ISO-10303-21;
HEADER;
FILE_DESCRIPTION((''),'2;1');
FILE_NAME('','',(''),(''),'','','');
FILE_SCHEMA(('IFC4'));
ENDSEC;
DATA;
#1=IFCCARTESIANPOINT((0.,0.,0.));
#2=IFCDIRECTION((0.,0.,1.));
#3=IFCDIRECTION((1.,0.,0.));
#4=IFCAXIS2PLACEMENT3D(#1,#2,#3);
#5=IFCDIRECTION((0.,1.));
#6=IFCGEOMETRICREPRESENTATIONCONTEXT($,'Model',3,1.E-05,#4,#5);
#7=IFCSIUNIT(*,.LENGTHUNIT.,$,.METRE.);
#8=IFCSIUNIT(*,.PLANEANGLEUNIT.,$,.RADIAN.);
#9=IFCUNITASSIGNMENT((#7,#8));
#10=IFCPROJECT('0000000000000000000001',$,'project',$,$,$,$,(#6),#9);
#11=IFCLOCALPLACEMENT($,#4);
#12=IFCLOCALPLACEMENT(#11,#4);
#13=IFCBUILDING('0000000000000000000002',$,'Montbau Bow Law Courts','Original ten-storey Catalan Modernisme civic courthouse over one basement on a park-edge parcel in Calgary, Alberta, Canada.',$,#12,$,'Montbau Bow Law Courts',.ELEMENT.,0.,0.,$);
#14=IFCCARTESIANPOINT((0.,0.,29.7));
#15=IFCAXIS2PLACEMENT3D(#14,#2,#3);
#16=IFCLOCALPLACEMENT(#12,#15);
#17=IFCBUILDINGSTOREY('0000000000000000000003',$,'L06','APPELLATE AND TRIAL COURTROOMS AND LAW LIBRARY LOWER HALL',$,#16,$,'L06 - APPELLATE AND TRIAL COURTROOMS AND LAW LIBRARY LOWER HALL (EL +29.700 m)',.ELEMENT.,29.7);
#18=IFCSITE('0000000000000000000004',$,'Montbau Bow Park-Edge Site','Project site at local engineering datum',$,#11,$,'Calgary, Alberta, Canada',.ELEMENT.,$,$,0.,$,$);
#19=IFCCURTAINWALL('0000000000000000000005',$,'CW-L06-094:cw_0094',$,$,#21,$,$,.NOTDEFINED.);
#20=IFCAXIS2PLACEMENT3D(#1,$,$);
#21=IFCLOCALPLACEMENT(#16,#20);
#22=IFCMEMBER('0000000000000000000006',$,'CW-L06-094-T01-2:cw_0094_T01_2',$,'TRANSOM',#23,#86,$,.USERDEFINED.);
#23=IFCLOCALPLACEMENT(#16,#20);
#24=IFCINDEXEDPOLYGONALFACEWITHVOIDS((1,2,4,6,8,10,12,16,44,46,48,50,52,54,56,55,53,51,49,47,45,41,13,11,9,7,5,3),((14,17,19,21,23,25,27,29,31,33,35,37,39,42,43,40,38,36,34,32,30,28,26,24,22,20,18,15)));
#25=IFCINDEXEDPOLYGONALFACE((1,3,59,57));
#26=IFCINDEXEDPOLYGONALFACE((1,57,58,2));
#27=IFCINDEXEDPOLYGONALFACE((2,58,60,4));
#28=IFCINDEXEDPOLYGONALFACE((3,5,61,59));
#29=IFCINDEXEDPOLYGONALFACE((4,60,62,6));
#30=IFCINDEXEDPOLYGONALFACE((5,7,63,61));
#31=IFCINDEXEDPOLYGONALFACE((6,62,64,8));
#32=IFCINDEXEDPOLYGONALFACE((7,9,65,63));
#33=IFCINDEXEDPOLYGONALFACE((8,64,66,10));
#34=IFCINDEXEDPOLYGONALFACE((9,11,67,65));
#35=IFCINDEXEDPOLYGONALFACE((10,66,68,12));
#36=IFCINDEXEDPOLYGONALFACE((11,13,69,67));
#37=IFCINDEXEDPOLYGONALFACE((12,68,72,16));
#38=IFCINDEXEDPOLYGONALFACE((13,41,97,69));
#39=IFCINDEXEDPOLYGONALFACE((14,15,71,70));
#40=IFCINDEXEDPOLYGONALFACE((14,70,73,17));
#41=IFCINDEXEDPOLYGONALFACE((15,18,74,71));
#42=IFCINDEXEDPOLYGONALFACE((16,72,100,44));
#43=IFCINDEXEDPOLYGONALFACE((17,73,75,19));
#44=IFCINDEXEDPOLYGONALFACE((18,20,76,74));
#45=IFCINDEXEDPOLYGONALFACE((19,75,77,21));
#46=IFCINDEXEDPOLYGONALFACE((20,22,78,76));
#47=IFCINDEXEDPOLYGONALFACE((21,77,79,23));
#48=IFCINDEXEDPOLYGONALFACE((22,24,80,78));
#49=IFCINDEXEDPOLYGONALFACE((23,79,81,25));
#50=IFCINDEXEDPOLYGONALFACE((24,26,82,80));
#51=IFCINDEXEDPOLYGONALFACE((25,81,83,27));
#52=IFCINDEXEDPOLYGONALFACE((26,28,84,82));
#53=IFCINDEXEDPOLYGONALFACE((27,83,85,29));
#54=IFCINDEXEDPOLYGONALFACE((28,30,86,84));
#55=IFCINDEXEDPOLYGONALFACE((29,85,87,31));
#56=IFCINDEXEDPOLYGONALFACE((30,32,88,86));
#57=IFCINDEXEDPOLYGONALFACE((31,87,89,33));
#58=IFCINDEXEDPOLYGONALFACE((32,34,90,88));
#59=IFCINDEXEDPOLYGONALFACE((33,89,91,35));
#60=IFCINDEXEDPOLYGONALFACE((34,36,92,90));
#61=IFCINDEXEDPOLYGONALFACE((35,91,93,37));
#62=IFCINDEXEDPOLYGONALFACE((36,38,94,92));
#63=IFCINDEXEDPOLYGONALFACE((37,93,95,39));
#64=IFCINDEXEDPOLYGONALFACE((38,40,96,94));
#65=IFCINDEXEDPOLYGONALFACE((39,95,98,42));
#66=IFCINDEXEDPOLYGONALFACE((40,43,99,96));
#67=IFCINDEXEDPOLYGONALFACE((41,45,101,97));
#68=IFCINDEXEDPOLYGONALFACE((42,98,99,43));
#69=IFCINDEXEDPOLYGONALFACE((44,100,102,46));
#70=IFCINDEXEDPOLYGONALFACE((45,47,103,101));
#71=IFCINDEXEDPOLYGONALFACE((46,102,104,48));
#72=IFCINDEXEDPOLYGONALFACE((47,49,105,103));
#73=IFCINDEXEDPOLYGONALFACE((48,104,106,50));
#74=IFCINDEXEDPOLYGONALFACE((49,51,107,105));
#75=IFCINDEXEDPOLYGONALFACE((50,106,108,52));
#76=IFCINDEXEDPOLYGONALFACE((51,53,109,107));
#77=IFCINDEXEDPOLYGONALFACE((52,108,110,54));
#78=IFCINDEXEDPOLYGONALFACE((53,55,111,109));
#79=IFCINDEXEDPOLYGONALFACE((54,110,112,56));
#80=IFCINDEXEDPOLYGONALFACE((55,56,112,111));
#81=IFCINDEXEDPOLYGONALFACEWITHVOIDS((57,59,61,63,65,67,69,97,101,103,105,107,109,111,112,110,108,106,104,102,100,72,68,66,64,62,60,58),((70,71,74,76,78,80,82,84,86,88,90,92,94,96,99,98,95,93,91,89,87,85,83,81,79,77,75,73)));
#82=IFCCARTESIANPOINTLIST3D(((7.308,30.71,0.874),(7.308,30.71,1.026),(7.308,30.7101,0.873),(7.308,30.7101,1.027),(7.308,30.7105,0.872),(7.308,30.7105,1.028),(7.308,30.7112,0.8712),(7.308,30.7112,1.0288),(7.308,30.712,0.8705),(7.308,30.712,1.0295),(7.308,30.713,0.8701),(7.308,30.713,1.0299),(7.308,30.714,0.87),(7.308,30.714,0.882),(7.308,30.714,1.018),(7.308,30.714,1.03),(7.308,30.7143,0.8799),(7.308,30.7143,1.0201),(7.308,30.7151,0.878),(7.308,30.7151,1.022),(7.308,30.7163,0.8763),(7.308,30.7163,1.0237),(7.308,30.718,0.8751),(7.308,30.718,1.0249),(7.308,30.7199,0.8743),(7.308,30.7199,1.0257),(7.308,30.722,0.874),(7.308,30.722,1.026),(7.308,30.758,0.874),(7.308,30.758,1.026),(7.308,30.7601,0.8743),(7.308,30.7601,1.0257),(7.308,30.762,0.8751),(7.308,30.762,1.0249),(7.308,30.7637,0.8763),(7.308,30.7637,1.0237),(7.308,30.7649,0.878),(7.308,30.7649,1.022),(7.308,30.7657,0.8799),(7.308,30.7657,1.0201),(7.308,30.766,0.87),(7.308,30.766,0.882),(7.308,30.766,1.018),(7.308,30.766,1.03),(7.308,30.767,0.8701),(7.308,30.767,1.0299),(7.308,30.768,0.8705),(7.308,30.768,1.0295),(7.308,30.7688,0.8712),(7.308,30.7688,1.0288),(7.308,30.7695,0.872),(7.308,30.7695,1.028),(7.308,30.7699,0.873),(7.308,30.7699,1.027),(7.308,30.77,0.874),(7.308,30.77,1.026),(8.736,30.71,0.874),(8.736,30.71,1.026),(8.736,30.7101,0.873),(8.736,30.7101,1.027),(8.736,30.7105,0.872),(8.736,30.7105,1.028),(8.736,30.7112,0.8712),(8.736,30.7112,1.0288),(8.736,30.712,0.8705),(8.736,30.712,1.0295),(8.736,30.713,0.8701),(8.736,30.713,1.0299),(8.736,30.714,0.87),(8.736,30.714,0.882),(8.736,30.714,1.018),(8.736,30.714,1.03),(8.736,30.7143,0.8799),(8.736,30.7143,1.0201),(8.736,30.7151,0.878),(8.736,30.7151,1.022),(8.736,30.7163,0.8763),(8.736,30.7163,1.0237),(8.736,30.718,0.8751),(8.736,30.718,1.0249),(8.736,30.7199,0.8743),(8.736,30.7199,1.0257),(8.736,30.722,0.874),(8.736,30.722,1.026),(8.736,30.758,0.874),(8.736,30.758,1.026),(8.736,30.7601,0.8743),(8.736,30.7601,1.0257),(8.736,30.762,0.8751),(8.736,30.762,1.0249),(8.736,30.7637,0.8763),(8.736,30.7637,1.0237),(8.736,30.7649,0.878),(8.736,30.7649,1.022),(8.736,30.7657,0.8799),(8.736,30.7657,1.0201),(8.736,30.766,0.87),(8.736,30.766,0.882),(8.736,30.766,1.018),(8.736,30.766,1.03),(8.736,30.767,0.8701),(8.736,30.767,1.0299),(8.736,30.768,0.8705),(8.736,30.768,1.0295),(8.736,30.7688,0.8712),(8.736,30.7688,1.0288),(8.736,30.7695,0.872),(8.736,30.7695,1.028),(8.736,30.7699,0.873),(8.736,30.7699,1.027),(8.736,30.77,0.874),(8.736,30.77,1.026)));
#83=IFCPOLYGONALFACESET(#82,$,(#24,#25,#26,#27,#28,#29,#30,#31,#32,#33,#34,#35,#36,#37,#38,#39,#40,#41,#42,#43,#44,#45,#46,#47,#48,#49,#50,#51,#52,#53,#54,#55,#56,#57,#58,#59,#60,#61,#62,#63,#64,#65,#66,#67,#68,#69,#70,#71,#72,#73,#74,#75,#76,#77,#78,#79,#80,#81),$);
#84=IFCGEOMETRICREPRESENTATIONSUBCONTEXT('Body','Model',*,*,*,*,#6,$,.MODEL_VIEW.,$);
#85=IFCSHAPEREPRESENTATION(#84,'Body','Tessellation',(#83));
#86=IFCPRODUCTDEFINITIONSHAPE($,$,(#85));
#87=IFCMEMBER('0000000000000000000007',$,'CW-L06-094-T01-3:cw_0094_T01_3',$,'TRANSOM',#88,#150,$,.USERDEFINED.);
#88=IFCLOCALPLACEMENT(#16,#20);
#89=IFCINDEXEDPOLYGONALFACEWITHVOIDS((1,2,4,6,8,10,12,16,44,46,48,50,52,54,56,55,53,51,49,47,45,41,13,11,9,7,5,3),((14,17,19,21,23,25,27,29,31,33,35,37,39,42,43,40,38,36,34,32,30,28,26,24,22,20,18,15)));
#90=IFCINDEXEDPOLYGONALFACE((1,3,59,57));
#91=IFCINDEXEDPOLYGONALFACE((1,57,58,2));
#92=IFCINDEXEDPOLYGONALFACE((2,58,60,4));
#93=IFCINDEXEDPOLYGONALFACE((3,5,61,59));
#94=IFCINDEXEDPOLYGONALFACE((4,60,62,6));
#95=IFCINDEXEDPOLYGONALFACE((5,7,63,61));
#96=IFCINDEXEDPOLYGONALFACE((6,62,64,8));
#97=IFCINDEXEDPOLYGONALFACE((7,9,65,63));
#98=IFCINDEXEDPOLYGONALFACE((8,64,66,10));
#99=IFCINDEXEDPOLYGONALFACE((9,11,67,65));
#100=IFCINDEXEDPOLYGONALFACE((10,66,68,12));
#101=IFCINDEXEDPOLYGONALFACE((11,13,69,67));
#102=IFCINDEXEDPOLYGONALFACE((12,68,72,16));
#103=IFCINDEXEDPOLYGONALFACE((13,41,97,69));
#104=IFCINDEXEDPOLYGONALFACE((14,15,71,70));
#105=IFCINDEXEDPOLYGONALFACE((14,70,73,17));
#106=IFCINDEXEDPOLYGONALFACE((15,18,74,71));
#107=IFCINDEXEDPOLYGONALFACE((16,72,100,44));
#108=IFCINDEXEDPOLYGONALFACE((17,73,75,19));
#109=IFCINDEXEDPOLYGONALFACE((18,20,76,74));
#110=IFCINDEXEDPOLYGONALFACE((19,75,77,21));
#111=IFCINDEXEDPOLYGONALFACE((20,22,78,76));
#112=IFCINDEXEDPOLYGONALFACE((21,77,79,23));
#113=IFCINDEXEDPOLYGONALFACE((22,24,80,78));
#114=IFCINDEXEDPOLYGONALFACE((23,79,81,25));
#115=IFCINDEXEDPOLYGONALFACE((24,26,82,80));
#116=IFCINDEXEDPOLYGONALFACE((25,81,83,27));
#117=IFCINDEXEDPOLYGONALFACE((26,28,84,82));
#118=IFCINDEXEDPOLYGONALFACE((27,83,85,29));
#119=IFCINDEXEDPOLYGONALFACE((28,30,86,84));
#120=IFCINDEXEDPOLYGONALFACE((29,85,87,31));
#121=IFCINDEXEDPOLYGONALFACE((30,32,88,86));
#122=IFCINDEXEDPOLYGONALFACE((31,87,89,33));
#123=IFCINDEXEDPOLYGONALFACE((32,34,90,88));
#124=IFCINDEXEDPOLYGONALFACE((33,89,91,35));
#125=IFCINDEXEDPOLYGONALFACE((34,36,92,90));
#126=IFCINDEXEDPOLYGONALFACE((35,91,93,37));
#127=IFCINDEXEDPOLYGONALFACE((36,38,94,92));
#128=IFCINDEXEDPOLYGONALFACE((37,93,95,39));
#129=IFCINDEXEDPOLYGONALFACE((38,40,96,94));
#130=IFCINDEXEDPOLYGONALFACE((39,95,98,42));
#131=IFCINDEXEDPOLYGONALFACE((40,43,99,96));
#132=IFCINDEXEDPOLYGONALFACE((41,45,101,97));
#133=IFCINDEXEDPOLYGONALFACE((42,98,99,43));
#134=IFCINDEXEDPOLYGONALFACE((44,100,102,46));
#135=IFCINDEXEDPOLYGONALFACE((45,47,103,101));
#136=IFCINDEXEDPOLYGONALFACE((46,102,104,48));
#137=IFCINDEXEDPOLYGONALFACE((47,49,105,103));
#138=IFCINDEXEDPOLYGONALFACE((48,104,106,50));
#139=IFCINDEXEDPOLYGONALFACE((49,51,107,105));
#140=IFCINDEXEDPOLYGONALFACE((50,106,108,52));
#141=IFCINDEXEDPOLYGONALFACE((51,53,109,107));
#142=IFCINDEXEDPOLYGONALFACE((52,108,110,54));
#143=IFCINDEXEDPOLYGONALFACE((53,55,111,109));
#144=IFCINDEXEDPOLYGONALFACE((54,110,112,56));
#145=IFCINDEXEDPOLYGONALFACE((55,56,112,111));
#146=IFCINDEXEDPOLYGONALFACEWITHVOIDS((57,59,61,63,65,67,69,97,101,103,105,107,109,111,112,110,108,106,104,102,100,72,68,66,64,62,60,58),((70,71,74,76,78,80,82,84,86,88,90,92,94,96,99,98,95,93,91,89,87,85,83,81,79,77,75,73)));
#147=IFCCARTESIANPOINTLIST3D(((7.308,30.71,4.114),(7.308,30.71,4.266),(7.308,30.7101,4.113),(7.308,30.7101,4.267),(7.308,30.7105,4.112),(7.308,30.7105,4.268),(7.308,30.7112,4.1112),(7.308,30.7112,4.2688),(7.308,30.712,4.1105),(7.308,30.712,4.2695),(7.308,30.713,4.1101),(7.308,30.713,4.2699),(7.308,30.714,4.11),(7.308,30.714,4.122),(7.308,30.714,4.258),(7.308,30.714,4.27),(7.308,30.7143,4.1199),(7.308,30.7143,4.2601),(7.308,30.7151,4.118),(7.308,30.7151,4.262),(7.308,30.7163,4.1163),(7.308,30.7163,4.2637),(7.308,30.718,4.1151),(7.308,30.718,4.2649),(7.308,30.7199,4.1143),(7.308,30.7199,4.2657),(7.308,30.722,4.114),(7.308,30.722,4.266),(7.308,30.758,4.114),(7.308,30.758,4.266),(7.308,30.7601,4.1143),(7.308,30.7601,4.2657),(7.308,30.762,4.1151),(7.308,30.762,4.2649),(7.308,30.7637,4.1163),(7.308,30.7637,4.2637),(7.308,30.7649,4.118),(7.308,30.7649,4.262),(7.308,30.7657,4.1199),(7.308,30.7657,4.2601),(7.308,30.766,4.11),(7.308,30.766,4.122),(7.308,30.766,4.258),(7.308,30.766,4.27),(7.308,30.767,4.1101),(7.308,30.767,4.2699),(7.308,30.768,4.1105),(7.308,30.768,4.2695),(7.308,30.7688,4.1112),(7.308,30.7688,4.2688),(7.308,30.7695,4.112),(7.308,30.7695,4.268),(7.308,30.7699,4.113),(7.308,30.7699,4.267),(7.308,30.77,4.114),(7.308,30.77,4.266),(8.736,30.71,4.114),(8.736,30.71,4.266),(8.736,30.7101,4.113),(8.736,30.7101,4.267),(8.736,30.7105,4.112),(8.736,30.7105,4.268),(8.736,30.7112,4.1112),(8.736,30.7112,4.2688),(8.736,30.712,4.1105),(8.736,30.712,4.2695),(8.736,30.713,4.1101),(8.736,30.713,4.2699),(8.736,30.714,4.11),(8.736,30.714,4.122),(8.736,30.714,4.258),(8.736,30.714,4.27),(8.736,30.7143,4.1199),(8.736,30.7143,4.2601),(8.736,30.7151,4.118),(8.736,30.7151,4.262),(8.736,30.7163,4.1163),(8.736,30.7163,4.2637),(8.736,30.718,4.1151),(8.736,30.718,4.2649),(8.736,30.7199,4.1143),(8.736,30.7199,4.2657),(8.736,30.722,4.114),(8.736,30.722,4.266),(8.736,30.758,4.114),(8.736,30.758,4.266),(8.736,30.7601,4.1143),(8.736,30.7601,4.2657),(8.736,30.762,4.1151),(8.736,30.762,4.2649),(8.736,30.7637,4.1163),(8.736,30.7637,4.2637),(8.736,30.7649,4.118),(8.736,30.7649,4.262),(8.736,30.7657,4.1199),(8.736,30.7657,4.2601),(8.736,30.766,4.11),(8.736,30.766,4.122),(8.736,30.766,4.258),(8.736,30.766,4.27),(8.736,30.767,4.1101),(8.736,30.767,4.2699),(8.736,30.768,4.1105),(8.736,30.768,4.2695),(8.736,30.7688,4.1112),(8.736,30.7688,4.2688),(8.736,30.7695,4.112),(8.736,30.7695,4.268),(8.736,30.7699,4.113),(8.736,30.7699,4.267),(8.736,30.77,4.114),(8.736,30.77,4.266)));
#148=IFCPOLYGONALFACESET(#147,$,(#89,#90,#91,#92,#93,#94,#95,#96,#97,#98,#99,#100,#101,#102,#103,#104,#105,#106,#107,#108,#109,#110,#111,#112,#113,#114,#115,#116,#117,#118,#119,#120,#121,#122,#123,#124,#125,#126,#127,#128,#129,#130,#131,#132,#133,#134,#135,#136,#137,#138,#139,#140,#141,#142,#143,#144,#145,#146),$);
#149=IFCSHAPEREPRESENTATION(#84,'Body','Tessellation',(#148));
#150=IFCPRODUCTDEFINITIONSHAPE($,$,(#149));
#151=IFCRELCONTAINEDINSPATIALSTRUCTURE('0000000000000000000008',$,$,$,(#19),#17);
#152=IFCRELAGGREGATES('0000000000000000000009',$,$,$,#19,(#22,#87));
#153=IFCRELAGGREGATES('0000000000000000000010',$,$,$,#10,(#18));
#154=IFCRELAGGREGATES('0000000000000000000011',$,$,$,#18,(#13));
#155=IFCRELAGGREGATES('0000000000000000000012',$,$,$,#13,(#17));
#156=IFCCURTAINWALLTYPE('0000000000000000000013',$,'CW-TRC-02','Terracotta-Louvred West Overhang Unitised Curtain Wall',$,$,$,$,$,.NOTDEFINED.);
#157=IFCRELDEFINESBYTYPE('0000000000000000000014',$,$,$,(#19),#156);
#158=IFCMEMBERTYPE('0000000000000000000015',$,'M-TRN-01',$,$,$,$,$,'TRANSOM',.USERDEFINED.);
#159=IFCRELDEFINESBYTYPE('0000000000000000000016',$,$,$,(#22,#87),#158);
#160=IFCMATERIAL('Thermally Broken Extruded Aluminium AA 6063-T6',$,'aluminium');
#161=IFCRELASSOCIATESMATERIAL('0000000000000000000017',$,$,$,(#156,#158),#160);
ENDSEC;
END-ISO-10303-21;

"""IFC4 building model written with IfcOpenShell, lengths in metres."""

from ifc_helpers import new_model, si_unit, direction, frame, origin_with_axes, origin_2d_with_axis, place, context, subcontext, project, spatial, hollow_rectangle, extrude, material, material_profile, profile_set, type_object, element, aggregate, save


model = new_model("IFC4")

# Units and contexts
model_context = context("Model", 3, precision=1e-05, world=origin_with_axes(), true_north=direction((0.0, 1.0)))
body_context = subcontext(model_context, "Body", "Model", "MODEL_VIEW")
ifc_project = project(units=[si_unit("LENGTHUNIT", "METRE"), si_unit("PLANEANGLEUNIT", "RADIAN")], contexts=[model_context])

# Site, building, storey
site_placement = place(None, origin_with_axes())
site = spatial("IfcSite", under=ifc_project, at=site_placement, Name="Montbau Bow Park-Edge Site", Description="Project site at local engineering datum", LongName="Calgary, Alberta, Canada", CompositionType="ELEMENT", RefElevation=0.0)
building_placement = place(site_placement, origin_with_axes())
building = spatial("IfcBuilding", under=site, at=building_placement, Name="Montbau Bow Law Courts", Description="Original ten-storey Catalan Modernisme civic courthouse over one basement on a park-edge parcel in Calgary, Alberta, Canada.", LongName="Montbau Bow Law Courts", CompositionType="ELEMENT", ElevationOfRefHeight=0.0, ElevationOfTerrain=0.0)
storey_placement = place(building_placement, frame((0.0, 0.0, 29.7), z_axis=(0.0, 0.0, 1.0), x_axis=(1.0, 0.0, 0.0)))
storey = spatial("IfcBuildingStorey", under=building, at=storey_placement, Name="L06", Description="APPELLATE AND TRIAL COURTROOMS AND LAW LIBRARY LOWER HALL", LongName="L06 - APPELLATE AND TRIAL COURTROOMS AND LAW LIBRARY LOWER HALL (EL +29.700 m)", CompositionType="ELEMENT", Elevation=29.7)

# Curtain wall
ifc_material_1 = material(Name="Thermally Broken Extruded Aluminium AA 6063-T6", Category="aluminium")
curtain_wall_type = type_object("IfcCurtainWallType", Name="CW-TRC-02", Description="Terracotta-Louvred West Overhang Unitised Curtain Wall", PredefinedType="NOTDEFINED", material=ifc_material_1)
curtain_wall_1_placement = place(None, frame((7.24, 30.74, 29.7), z_axis=(0.0, 0.0, 1.0), x_axis=(1.0, 0.0, 0.0)))
curtain_wall_1 = element("IfcCurtainWall", 1, at=curtain_wall_1_placement, inside=storey, type_object=curtain_wall_type, Name="CW-L06-094:cw_0094", PredefinedType="NOTDEFINED")

# Members
ifc_material_profile_1 = material_profile(ifc_material_1, hollow_rectangle(XDim=0.06, YDim=0.16, WallThickness=0.004, InnerFilletRadius=0.008, OuterFilletRadius=0.004, at=origin_2d_with_axis()), Name="CWT-160X60", Category="Main", Priority=0)
ifc_profile_set_1 = profile_set([ifc_material_profile_1], Name="Thermally Broken Extruded Aluminium AA 6063-T6")
member_type_1 = type_object("IfcMemberType", Name="M-TRN-01", ElementType="TRANSOM", PredefinedType="USERDEFINED", material=ifc_profile_set_1)
member_1_placement = place(None, frame((7.308, 30.74, 30.65), z_axis=(1.0, 0.0, 0.0), x_axis=(0.0, 1.0, 0.0)))
member_1 = element("IfcMember", 2, at=member_1_placement, type_object=member_type_1, Name="CW-L06-094-T01-2:cw_0094_T01_2", ObjectType="TRANSOM", PredefinedType="USERDEFINED", context=body_context, shape_type="SweptSolid", body=[
    extrude(hollow_rectangle(XDim=0.06, YDim=0.16, WallThickness=0.004, InnerFilletRadius=0.008, OuterFilletRadius=0.004, at=origin_2d_with_axis()), origin_with_axes(), (0.0, 0.0, 1.0), 1.428),
])
member_2_placement = place(None, frame((7.308, 30.74, 33.89), z_axis=(1.0, 0.0, 0.0), x_axis=(0.0, 1.0, 0.0)))
member_2 = element("IfcMember", 3, at=member_2_placement, type_object=member_type_1, Name="CW-L06-094-T01-3:cw_0094_T01_3", ObjectType="TRANSOM", PredefinedType="USERDEFINED", context=body_context, shape_type="SweptSolid", body=[
    extrude(hollow_rectangle(XDim=0.06, YDim=0.16, WallThickness=0.004, InnerFilletRadius=0.008, OuterFilletRadius=0.004, at=origin_2d_with_axis()), origin_with_axes(), (0.0, 0.0, 1.0), 1.428),
])

aggregate(curtain_wall_1, [member_1, member_2])

save(model, "model.ifc")
